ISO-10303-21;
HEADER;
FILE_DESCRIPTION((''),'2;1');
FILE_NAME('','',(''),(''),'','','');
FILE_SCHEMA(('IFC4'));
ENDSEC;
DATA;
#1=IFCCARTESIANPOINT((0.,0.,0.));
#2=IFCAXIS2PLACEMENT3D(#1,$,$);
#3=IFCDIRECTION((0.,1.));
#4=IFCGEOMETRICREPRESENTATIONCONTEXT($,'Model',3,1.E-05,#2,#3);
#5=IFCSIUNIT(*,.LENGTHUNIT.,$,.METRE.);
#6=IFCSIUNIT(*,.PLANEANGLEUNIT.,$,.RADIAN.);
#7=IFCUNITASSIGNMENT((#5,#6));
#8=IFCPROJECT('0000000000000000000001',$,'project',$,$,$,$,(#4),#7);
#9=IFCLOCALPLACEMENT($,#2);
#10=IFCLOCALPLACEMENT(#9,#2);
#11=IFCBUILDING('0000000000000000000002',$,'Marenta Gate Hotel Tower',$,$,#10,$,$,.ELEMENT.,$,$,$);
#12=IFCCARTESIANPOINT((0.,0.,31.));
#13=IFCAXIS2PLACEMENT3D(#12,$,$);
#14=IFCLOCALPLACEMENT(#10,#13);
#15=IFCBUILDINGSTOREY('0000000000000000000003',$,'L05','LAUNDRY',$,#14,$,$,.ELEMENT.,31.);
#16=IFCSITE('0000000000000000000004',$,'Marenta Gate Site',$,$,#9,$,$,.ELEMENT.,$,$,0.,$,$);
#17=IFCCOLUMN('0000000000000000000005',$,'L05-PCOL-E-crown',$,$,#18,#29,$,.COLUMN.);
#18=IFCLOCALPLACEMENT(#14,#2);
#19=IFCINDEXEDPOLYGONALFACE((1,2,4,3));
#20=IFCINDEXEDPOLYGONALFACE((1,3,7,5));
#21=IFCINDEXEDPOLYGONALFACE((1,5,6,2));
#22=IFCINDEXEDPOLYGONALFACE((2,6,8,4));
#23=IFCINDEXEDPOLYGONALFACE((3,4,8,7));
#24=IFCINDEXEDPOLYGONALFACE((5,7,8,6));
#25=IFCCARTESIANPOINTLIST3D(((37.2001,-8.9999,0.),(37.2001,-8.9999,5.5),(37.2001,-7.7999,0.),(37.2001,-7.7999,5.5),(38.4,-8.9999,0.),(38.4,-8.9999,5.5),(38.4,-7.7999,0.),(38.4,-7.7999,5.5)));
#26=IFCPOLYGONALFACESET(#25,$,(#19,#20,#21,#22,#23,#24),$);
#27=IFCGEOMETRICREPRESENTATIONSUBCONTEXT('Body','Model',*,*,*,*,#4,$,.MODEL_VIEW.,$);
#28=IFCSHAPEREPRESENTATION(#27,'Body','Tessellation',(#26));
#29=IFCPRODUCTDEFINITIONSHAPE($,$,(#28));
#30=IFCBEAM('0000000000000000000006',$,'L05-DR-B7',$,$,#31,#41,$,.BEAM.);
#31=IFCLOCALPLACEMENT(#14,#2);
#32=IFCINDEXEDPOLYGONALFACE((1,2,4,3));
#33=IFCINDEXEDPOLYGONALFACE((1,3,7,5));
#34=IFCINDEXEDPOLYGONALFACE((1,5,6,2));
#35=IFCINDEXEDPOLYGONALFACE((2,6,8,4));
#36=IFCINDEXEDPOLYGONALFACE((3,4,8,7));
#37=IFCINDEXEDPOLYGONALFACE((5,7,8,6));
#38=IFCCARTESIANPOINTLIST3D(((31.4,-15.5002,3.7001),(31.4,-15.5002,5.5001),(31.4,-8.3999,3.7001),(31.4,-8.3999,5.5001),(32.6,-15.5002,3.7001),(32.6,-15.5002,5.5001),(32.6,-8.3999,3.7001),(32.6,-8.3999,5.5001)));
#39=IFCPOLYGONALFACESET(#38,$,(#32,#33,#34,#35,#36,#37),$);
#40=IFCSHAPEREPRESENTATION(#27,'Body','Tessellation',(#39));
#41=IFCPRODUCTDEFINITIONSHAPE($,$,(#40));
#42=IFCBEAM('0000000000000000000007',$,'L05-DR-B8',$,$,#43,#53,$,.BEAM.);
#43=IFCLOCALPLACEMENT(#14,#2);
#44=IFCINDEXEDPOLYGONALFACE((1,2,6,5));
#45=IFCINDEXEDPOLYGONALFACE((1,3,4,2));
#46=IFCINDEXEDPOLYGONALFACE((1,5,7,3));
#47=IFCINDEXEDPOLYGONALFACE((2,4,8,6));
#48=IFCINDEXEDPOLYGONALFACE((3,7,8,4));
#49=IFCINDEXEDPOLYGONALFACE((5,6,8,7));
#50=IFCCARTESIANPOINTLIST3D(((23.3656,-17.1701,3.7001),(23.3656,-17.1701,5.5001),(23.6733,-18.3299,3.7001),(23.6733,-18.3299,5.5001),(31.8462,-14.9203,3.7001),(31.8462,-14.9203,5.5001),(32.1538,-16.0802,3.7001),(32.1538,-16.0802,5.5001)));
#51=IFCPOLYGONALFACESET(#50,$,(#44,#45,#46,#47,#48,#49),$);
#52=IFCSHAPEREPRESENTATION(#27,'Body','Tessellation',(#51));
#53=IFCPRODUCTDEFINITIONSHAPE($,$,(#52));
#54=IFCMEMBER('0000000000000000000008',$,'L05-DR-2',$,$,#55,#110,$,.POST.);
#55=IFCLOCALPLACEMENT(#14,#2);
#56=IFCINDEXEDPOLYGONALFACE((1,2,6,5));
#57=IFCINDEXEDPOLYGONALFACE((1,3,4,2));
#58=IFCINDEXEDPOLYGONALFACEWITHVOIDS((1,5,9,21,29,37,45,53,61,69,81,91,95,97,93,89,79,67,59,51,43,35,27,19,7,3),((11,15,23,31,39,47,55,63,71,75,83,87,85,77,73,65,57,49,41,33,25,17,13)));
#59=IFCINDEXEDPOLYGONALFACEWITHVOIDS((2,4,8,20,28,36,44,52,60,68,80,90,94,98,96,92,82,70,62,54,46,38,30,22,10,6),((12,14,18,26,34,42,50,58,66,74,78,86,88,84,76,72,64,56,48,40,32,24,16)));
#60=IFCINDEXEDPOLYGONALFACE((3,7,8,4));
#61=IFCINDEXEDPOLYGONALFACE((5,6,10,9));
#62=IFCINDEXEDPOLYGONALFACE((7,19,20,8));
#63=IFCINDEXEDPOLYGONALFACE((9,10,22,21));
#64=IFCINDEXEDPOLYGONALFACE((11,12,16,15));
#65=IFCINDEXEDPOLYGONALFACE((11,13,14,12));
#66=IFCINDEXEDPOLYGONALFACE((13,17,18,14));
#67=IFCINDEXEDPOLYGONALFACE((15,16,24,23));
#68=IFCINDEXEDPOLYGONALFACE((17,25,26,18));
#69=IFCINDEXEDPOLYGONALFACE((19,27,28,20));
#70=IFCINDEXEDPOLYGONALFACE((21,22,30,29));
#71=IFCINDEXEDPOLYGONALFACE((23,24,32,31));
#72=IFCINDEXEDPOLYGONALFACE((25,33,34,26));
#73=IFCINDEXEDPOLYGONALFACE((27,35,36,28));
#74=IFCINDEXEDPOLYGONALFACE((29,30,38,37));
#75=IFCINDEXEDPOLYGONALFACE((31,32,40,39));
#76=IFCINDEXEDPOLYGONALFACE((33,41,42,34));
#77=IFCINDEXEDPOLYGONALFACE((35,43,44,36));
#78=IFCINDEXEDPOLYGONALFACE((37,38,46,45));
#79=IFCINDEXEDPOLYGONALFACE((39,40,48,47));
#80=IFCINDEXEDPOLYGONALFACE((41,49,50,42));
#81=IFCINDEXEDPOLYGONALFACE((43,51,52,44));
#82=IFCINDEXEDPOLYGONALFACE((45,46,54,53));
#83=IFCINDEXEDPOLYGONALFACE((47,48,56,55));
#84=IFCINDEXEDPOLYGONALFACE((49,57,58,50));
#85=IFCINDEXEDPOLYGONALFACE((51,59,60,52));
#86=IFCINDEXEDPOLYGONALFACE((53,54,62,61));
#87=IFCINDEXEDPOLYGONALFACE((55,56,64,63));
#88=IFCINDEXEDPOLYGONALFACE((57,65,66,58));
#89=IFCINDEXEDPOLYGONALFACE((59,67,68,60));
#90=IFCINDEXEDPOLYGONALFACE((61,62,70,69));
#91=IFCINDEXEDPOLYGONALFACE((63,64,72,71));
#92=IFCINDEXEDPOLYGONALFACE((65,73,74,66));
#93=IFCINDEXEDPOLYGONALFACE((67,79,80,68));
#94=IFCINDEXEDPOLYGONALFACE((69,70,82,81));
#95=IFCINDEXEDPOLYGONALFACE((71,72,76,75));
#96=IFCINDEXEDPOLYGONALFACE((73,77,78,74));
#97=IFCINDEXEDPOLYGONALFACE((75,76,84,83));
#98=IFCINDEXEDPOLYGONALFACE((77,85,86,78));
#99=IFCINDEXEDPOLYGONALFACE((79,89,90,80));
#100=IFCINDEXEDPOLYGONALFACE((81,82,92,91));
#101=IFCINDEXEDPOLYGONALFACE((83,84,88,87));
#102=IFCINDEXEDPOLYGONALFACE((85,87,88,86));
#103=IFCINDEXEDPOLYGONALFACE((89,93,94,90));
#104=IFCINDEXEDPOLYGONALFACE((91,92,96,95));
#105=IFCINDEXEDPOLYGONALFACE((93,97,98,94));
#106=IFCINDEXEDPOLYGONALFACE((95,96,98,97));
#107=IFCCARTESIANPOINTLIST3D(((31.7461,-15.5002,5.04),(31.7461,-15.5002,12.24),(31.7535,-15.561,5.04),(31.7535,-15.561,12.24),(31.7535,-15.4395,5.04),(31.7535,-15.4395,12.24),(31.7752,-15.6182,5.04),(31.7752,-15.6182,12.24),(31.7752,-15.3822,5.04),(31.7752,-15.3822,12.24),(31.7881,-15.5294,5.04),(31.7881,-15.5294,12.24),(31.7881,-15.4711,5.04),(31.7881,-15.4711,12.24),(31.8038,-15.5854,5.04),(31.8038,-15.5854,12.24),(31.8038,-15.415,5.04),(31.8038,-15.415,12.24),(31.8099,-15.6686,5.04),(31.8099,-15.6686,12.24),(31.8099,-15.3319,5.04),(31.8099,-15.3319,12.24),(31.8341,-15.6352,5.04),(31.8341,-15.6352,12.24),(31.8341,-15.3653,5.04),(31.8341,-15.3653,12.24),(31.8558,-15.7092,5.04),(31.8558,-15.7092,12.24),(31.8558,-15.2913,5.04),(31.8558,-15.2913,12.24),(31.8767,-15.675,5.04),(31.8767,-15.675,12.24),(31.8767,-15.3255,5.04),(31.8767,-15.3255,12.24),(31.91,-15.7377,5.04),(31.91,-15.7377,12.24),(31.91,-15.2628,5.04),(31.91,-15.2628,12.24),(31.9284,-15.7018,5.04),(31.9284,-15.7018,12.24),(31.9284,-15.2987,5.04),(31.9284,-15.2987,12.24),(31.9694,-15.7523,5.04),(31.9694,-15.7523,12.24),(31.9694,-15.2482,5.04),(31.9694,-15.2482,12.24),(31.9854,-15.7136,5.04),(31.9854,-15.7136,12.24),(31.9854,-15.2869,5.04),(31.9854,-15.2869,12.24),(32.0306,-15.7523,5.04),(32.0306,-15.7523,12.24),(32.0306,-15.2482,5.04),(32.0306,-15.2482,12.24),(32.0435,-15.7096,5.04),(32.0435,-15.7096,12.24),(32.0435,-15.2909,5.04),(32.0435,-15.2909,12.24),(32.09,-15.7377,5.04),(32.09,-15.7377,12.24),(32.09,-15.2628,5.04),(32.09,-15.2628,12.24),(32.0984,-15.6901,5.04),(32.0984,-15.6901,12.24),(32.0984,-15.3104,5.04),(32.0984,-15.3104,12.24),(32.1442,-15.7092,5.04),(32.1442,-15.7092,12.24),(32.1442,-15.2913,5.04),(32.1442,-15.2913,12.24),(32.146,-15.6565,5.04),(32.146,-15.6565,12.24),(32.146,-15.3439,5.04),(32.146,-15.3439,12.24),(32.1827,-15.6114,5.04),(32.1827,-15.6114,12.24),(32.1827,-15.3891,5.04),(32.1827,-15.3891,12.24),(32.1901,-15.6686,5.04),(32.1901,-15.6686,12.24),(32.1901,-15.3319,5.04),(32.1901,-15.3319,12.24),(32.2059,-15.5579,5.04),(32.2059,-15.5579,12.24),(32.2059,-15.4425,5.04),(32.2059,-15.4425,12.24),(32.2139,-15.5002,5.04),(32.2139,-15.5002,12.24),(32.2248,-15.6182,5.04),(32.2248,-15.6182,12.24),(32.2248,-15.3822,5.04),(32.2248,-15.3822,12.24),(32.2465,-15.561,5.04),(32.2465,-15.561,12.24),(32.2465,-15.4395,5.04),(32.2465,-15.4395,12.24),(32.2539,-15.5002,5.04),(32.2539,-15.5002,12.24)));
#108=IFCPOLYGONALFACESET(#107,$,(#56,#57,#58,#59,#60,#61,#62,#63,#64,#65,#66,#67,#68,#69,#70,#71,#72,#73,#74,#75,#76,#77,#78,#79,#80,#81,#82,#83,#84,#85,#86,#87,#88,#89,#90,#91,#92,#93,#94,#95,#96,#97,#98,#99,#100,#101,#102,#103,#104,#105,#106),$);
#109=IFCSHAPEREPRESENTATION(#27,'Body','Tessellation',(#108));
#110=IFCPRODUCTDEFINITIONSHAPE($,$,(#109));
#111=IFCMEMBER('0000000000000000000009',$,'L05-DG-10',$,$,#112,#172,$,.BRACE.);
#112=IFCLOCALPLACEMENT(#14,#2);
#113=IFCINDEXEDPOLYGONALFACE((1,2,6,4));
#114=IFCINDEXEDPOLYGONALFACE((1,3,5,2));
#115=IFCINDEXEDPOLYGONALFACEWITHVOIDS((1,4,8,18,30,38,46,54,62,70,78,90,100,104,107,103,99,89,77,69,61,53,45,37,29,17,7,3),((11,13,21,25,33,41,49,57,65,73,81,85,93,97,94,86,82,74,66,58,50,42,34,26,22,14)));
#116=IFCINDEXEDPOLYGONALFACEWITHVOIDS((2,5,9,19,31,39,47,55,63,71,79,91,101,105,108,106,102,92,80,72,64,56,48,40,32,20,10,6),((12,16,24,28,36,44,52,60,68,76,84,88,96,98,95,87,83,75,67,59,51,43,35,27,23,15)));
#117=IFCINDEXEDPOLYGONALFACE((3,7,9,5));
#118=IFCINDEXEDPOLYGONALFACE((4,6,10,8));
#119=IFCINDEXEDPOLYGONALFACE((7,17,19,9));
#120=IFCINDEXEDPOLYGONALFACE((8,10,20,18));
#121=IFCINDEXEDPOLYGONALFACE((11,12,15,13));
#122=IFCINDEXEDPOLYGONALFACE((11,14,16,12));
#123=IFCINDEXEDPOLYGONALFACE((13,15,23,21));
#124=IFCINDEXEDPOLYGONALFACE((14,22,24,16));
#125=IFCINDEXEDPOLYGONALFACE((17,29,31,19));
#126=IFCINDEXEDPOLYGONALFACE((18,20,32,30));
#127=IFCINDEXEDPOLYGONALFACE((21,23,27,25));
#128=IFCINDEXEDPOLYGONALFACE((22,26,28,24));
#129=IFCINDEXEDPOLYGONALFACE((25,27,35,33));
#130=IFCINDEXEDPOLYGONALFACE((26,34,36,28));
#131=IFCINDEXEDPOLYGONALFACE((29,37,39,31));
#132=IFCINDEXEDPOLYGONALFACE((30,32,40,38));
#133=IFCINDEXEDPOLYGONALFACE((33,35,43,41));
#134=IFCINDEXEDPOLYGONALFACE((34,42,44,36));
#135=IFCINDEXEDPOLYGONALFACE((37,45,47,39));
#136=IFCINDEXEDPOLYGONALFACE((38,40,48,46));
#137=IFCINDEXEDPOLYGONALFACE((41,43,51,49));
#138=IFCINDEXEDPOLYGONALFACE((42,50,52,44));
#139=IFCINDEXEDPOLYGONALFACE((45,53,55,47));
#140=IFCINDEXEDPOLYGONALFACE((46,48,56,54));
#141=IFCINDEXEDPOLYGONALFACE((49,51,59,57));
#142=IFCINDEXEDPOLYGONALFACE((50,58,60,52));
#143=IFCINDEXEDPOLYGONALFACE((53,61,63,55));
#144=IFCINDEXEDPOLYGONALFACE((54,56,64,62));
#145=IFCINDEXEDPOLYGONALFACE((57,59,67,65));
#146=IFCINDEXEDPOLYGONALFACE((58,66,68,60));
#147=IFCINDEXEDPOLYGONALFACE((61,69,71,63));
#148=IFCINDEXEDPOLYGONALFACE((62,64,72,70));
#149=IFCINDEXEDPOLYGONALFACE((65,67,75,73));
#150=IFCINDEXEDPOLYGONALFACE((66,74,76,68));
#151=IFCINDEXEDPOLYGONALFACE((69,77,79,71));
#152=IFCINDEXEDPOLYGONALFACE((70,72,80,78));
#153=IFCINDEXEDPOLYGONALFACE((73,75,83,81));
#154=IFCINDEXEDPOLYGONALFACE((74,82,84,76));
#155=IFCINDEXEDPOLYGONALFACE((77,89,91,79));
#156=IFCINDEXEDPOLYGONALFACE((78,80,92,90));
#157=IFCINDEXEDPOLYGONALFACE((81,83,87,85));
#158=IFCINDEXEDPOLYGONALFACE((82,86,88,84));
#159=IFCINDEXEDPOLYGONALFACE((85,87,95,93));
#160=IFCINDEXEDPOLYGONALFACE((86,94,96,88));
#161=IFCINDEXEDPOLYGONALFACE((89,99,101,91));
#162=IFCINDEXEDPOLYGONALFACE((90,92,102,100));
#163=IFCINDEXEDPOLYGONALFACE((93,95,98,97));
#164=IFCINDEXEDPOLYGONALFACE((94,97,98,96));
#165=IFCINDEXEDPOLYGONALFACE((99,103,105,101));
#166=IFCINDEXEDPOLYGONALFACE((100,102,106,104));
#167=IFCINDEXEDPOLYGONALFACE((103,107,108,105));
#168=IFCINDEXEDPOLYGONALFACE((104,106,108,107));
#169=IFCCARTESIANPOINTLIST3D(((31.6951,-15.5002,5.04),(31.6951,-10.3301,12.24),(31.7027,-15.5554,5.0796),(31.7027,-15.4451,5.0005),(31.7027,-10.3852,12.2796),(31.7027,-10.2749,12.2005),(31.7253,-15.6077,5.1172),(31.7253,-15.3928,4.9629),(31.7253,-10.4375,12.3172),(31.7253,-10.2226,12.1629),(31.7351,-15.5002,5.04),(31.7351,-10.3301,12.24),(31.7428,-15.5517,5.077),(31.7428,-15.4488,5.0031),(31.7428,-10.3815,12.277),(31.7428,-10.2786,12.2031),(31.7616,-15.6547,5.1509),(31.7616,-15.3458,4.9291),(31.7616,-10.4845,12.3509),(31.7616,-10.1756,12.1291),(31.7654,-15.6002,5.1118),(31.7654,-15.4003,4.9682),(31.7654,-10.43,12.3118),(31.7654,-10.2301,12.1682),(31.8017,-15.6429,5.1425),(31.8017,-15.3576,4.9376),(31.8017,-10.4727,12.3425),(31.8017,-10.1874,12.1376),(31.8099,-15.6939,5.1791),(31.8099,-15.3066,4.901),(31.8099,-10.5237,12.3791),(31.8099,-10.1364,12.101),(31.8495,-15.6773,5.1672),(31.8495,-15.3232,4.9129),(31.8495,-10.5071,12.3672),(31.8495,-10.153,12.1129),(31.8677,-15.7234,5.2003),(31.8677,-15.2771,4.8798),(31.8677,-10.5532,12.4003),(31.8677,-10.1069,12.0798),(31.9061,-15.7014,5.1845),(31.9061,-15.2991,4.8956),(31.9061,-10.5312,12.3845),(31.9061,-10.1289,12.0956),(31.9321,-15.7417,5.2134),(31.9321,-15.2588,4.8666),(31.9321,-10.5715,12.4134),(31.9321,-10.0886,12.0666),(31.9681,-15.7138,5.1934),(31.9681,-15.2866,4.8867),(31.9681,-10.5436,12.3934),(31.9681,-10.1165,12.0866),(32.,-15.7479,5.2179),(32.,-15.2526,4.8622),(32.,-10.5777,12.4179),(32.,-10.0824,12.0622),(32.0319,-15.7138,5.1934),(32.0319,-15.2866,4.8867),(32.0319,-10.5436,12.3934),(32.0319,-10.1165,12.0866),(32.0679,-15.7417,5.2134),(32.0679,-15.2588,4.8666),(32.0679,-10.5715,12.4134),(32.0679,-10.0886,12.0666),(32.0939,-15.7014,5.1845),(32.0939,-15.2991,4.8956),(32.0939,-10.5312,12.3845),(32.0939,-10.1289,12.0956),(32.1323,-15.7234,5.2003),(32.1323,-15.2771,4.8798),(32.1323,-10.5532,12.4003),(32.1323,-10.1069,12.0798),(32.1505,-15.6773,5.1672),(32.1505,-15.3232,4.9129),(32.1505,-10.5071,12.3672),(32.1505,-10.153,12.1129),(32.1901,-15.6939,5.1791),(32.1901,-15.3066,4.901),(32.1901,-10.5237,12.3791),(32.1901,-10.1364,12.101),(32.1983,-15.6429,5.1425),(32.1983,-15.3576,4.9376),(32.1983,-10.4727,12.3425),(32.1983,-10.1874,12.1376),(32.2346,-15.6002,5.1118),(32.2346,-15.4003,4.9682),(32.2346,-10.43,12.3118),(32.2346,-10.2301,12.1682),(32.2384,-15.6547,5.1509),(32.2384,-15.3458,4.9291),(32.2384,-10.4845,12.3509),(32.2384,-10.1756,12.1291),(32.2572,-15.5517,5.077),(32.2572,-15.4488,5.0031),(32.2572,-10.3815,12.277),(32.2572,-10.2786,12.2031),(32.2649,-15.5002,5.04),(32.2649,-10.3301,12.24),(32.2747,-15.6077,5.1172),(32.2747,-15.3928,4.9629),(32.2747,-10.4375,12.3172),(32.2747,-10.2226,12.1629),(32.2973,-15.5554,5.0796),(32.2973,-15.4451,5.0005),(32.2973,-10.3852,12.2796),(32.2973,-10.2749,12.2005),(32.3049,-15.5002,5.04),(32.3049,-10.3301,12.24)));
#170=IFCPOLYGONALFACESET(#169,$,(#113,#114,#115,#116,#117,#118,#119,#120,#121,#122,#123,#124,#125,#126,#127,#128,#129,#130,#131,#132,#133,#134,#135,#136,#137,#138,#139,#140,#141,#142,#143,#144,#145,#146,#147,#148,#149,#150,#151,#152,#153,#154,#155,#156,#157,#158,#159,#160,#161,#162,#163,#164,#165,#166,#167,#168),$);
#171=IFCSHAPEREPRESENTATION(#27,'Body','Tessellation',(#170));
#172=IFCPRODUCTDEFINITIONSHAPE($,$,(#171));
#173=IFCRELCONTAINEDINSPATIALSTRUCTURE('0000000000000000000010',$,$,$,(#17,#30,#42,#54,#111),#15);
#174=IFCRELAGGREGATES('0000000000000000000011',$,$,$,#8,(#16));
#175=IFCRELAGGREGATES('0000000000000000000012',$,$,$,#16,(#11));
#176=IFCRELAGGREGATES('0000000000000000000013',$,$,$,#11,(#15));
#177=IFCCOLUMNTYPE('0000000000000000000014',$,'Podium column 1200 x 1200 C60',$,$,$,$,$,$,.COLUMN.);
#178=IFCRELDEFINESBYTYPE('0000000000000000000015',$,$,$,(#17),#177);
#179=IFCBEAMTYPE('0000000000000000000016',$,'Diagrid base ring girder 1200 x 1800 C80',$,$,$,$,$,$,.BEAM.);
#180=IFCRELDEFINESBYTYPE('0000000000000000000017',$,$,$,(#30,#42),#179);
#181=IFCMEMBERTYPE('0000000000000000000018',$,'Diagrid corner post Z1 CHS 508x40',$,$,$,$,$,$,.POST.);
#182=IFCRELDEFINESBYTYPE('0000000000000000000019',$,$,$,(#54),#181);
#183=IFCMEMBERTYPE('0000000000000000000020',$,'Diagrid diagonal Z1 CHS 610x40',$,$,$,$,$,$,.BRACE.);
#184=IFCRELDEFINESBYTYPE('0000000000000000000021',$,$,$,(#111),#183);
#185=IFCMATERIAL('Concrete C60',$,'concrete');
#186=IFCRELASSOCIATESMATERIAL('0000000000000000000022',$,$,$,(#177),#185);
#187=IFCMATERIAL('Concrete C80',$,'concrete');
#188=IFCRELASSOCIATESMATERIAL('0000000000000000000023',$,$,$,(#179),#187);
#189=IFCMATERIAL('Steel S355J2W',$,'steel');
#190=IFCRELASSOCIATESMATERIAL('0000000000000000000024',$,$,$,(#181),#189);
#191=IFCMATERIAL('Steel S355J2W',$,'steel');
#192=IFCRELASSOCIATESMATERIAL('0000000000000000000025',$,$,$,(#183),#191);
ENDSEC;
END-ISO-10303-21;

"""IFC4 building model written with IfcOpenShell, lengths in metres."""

from ifc_helpers import new_model, si_unit, direction, frame, origin, origin_2d, place, context, subcontext, project, spatial, rectangle, hollow_circle, extrude, material, material_profile, profile_set, type_object, element, save


model = new_model("IFC4")

# Units and contexts
model_context = context("Model", 3, precision=1e-05, world=origin(), true_north=direction((0.0, 1.0)))
body_context = subcontext(model_context, "Body", "Model", "MODEL_VIEW")
ifc_project = project(units=[si_unit("LENGTHUNIT", "METRE"), si_unit("PLANEANGLEUNIT", "RADIAN")], contexts=[model_context])

# Site, building, storey
site_placement = place(None, origin())
site = spatial("IfcSite", under=ifc_project, at=site_placement, Name="Marenta Gate Site", CompositionType="ELEMENT", RefElevation=0.0)
building_placement = place(site_placement, origin())
building = spatial("IfcBuilding", under=site, at=building_placement, Name="Marenta Gate Hotel Tower", CompositionType="ELEMENT")
storey_placement = place(building_placement, frame((0.0, 0.0, 31.0)))
storey = spatial("IfcBuildingStorey", under=building, at=storey_placement, Name="L05", Description="LAUNDRY", CompositionType="ELEMENT", Elevation=31.0)

# Column
ifc_material_1 = material(Name="Concrete C60", Category="concrete")
ifc_material_profile_1 = material_profile(ifc_material_1, rectangle(XDim=1.2, YDim=1.2, at=origin_2d()), Name="1200 x 1200")
ifc_profile_set_1 = profile_set([ifc_material_profile_1], Name="Concrete C60")
column_type = type_object("IfcColumnType", Name="Podium column 1200 x 1200 C60", PredefinedType="COLUMN", material=ifc_profile_set_1)
column_placement = place(storey_placement, frame((37.8, -8.3999, 0.0), z_axis=(0.0, 0.0, 1.0), x_axis=(1.0, 0.0, 0.0)))
element("IfcColumn", 1, at=column_placement, inside=storey, type_object=column_type, Name="L05-PCOL-E-crown", PredefinedType="COLUMN", context=body_context, shape_type="SweptSolid", body=[
    extrude(rectangle(XDim=1.2, YDim=1.2, at=origin_2d()), origin(), (0.0, 0.0, 1.0), 5.5),
])

# Beams
ifc_material_2 = material(Name="Concrete C80", Category="concrete")
ifc_material_profile_2 = material_profile(ifc_material_2, rectangle(XDim=1.2, YDim=1.8, at=origin_2d()), Name="1200 x 1800")
ifc_profile_set_2 = profile_set([ifc_material_profile_2], Name="Concrete C80")
beam_type_1 = type_object("IfcBeamType", Name="Diagrid base ring girder 1200 x 1800 C80", PredefinedType="BEAM", material=ifc_profile_set_2)
beam_1_placement = place(storey_placement, frame((32.0, -8.3999, 4.6001), z_axis=(0.0, -1.0, 0.0), x_axis=(1.0, 0.0, 0.0)))
element("IfcBeam", 2, at=beam_1_placement, inside=storey, type_object=beam_type_1, Name="L05-DR-B7", PredefinedType="BEAM", context=body_context, shape_type="SweptSolid", body=[
    extrude(rectangle(XDim=1.2, YDim=1.8, at=origin_2d()), origin(), (0.0, 0.0, 1.0), 7.1003),
])
beam_2_placement = place(storey_placement, frame((32.0, -15.5002, 4.6001), z_axis=(-0.966566, -0.256417, 0.0), x_axis=(0.256417, -0.966566, 0.0)))
element("IfcBeam", 3, at=beam_2_placement, inside=storey, type_object=beam_type_1, Name="L05-DR-B8", PredefinedType="BEAM", context=body_context, shape_type="SweptSolid", body=[
    extrude(rectangle(XDim=1.2, YDim=1.8, at=origin_2d()), origin(), (0.0, 0.0, 1.0), 8.7739),
])

# Members
ifc_material_3 = material(Name="Steel S355J2W", Category="steel")
ifc_material_profile_3 = material_profile(ifc_material_3, hollow_circle(Radius=0.2539, WallThickness=0.04, at=origin_2d()), Name="CHS 508x40")
ifc_profile_set_3 = profile_set([ifc_material_profile_3], Name="Steel S355J2W")
member_type_1 = type_object("IfcMemberType", Name="Diagrid corner post Z1 CHS 508x40", PredefinedType="POST", material=ifc_profile_set_3)
member_1_placement = place(storey_placement, frame((32.0, -15.5002, 5.04), z_axis=(0.0, 0.0, 1.0), x_axis=(1.0, 0.0, 0.0)))
element("IfcMember", 4, at=member_1_placement, inside=storey, type_object=member_type_1, Name="L05-DR-2", PredefinedType="POST", context=body_context, shape_type="SweptSolid", body=[
    extrude(hollow_circle(Radius=0.2539, WallThickness=0.04, at=origin_2d()), origin(), (0.0, 0.0, 1.0), 7.2),
])
ifc_material_4 = material(Name="Steel S355J2W", Category="steel")
ifc_material_profile_4 = material_profile(ifc_material_4, hollow_circle(Radius=0.3049, WallThickness=0.04, at=origin_2d()), Name="CHS 610x40")
ifc_profile_set_4 = profile_set([ifc_material_profile_4], Name="Steel S355J2W")
member_type_2 = type_object("IfcMemberType", Name="Diagrid diagonal Z1 CHS 610x40", PredefinedType="BRACE", material=ifc_profile_set_4)
member_2_placement = place(storey_placement, frame((32.0, -15.5002, 5.04), z_axis=(0.0, 0.583279, 0.812272), x_axis=(-1.0, 0.0, 0.0)))
element("IfcMember", 5, at=member_2_placement, inside=storey, type_object=member_type_2, Name="L05-DG-10", PredefinedType="BRACE", context=body_context, shape_type="SweptSolid", body=[
    extrude(hollow_circle(Radius=0.3049, WallThickness=0.04, at=origin_2d()), origin(), (0.0, 0.0, 1.0), 8.864),
])

save(model, "model.ifc")
